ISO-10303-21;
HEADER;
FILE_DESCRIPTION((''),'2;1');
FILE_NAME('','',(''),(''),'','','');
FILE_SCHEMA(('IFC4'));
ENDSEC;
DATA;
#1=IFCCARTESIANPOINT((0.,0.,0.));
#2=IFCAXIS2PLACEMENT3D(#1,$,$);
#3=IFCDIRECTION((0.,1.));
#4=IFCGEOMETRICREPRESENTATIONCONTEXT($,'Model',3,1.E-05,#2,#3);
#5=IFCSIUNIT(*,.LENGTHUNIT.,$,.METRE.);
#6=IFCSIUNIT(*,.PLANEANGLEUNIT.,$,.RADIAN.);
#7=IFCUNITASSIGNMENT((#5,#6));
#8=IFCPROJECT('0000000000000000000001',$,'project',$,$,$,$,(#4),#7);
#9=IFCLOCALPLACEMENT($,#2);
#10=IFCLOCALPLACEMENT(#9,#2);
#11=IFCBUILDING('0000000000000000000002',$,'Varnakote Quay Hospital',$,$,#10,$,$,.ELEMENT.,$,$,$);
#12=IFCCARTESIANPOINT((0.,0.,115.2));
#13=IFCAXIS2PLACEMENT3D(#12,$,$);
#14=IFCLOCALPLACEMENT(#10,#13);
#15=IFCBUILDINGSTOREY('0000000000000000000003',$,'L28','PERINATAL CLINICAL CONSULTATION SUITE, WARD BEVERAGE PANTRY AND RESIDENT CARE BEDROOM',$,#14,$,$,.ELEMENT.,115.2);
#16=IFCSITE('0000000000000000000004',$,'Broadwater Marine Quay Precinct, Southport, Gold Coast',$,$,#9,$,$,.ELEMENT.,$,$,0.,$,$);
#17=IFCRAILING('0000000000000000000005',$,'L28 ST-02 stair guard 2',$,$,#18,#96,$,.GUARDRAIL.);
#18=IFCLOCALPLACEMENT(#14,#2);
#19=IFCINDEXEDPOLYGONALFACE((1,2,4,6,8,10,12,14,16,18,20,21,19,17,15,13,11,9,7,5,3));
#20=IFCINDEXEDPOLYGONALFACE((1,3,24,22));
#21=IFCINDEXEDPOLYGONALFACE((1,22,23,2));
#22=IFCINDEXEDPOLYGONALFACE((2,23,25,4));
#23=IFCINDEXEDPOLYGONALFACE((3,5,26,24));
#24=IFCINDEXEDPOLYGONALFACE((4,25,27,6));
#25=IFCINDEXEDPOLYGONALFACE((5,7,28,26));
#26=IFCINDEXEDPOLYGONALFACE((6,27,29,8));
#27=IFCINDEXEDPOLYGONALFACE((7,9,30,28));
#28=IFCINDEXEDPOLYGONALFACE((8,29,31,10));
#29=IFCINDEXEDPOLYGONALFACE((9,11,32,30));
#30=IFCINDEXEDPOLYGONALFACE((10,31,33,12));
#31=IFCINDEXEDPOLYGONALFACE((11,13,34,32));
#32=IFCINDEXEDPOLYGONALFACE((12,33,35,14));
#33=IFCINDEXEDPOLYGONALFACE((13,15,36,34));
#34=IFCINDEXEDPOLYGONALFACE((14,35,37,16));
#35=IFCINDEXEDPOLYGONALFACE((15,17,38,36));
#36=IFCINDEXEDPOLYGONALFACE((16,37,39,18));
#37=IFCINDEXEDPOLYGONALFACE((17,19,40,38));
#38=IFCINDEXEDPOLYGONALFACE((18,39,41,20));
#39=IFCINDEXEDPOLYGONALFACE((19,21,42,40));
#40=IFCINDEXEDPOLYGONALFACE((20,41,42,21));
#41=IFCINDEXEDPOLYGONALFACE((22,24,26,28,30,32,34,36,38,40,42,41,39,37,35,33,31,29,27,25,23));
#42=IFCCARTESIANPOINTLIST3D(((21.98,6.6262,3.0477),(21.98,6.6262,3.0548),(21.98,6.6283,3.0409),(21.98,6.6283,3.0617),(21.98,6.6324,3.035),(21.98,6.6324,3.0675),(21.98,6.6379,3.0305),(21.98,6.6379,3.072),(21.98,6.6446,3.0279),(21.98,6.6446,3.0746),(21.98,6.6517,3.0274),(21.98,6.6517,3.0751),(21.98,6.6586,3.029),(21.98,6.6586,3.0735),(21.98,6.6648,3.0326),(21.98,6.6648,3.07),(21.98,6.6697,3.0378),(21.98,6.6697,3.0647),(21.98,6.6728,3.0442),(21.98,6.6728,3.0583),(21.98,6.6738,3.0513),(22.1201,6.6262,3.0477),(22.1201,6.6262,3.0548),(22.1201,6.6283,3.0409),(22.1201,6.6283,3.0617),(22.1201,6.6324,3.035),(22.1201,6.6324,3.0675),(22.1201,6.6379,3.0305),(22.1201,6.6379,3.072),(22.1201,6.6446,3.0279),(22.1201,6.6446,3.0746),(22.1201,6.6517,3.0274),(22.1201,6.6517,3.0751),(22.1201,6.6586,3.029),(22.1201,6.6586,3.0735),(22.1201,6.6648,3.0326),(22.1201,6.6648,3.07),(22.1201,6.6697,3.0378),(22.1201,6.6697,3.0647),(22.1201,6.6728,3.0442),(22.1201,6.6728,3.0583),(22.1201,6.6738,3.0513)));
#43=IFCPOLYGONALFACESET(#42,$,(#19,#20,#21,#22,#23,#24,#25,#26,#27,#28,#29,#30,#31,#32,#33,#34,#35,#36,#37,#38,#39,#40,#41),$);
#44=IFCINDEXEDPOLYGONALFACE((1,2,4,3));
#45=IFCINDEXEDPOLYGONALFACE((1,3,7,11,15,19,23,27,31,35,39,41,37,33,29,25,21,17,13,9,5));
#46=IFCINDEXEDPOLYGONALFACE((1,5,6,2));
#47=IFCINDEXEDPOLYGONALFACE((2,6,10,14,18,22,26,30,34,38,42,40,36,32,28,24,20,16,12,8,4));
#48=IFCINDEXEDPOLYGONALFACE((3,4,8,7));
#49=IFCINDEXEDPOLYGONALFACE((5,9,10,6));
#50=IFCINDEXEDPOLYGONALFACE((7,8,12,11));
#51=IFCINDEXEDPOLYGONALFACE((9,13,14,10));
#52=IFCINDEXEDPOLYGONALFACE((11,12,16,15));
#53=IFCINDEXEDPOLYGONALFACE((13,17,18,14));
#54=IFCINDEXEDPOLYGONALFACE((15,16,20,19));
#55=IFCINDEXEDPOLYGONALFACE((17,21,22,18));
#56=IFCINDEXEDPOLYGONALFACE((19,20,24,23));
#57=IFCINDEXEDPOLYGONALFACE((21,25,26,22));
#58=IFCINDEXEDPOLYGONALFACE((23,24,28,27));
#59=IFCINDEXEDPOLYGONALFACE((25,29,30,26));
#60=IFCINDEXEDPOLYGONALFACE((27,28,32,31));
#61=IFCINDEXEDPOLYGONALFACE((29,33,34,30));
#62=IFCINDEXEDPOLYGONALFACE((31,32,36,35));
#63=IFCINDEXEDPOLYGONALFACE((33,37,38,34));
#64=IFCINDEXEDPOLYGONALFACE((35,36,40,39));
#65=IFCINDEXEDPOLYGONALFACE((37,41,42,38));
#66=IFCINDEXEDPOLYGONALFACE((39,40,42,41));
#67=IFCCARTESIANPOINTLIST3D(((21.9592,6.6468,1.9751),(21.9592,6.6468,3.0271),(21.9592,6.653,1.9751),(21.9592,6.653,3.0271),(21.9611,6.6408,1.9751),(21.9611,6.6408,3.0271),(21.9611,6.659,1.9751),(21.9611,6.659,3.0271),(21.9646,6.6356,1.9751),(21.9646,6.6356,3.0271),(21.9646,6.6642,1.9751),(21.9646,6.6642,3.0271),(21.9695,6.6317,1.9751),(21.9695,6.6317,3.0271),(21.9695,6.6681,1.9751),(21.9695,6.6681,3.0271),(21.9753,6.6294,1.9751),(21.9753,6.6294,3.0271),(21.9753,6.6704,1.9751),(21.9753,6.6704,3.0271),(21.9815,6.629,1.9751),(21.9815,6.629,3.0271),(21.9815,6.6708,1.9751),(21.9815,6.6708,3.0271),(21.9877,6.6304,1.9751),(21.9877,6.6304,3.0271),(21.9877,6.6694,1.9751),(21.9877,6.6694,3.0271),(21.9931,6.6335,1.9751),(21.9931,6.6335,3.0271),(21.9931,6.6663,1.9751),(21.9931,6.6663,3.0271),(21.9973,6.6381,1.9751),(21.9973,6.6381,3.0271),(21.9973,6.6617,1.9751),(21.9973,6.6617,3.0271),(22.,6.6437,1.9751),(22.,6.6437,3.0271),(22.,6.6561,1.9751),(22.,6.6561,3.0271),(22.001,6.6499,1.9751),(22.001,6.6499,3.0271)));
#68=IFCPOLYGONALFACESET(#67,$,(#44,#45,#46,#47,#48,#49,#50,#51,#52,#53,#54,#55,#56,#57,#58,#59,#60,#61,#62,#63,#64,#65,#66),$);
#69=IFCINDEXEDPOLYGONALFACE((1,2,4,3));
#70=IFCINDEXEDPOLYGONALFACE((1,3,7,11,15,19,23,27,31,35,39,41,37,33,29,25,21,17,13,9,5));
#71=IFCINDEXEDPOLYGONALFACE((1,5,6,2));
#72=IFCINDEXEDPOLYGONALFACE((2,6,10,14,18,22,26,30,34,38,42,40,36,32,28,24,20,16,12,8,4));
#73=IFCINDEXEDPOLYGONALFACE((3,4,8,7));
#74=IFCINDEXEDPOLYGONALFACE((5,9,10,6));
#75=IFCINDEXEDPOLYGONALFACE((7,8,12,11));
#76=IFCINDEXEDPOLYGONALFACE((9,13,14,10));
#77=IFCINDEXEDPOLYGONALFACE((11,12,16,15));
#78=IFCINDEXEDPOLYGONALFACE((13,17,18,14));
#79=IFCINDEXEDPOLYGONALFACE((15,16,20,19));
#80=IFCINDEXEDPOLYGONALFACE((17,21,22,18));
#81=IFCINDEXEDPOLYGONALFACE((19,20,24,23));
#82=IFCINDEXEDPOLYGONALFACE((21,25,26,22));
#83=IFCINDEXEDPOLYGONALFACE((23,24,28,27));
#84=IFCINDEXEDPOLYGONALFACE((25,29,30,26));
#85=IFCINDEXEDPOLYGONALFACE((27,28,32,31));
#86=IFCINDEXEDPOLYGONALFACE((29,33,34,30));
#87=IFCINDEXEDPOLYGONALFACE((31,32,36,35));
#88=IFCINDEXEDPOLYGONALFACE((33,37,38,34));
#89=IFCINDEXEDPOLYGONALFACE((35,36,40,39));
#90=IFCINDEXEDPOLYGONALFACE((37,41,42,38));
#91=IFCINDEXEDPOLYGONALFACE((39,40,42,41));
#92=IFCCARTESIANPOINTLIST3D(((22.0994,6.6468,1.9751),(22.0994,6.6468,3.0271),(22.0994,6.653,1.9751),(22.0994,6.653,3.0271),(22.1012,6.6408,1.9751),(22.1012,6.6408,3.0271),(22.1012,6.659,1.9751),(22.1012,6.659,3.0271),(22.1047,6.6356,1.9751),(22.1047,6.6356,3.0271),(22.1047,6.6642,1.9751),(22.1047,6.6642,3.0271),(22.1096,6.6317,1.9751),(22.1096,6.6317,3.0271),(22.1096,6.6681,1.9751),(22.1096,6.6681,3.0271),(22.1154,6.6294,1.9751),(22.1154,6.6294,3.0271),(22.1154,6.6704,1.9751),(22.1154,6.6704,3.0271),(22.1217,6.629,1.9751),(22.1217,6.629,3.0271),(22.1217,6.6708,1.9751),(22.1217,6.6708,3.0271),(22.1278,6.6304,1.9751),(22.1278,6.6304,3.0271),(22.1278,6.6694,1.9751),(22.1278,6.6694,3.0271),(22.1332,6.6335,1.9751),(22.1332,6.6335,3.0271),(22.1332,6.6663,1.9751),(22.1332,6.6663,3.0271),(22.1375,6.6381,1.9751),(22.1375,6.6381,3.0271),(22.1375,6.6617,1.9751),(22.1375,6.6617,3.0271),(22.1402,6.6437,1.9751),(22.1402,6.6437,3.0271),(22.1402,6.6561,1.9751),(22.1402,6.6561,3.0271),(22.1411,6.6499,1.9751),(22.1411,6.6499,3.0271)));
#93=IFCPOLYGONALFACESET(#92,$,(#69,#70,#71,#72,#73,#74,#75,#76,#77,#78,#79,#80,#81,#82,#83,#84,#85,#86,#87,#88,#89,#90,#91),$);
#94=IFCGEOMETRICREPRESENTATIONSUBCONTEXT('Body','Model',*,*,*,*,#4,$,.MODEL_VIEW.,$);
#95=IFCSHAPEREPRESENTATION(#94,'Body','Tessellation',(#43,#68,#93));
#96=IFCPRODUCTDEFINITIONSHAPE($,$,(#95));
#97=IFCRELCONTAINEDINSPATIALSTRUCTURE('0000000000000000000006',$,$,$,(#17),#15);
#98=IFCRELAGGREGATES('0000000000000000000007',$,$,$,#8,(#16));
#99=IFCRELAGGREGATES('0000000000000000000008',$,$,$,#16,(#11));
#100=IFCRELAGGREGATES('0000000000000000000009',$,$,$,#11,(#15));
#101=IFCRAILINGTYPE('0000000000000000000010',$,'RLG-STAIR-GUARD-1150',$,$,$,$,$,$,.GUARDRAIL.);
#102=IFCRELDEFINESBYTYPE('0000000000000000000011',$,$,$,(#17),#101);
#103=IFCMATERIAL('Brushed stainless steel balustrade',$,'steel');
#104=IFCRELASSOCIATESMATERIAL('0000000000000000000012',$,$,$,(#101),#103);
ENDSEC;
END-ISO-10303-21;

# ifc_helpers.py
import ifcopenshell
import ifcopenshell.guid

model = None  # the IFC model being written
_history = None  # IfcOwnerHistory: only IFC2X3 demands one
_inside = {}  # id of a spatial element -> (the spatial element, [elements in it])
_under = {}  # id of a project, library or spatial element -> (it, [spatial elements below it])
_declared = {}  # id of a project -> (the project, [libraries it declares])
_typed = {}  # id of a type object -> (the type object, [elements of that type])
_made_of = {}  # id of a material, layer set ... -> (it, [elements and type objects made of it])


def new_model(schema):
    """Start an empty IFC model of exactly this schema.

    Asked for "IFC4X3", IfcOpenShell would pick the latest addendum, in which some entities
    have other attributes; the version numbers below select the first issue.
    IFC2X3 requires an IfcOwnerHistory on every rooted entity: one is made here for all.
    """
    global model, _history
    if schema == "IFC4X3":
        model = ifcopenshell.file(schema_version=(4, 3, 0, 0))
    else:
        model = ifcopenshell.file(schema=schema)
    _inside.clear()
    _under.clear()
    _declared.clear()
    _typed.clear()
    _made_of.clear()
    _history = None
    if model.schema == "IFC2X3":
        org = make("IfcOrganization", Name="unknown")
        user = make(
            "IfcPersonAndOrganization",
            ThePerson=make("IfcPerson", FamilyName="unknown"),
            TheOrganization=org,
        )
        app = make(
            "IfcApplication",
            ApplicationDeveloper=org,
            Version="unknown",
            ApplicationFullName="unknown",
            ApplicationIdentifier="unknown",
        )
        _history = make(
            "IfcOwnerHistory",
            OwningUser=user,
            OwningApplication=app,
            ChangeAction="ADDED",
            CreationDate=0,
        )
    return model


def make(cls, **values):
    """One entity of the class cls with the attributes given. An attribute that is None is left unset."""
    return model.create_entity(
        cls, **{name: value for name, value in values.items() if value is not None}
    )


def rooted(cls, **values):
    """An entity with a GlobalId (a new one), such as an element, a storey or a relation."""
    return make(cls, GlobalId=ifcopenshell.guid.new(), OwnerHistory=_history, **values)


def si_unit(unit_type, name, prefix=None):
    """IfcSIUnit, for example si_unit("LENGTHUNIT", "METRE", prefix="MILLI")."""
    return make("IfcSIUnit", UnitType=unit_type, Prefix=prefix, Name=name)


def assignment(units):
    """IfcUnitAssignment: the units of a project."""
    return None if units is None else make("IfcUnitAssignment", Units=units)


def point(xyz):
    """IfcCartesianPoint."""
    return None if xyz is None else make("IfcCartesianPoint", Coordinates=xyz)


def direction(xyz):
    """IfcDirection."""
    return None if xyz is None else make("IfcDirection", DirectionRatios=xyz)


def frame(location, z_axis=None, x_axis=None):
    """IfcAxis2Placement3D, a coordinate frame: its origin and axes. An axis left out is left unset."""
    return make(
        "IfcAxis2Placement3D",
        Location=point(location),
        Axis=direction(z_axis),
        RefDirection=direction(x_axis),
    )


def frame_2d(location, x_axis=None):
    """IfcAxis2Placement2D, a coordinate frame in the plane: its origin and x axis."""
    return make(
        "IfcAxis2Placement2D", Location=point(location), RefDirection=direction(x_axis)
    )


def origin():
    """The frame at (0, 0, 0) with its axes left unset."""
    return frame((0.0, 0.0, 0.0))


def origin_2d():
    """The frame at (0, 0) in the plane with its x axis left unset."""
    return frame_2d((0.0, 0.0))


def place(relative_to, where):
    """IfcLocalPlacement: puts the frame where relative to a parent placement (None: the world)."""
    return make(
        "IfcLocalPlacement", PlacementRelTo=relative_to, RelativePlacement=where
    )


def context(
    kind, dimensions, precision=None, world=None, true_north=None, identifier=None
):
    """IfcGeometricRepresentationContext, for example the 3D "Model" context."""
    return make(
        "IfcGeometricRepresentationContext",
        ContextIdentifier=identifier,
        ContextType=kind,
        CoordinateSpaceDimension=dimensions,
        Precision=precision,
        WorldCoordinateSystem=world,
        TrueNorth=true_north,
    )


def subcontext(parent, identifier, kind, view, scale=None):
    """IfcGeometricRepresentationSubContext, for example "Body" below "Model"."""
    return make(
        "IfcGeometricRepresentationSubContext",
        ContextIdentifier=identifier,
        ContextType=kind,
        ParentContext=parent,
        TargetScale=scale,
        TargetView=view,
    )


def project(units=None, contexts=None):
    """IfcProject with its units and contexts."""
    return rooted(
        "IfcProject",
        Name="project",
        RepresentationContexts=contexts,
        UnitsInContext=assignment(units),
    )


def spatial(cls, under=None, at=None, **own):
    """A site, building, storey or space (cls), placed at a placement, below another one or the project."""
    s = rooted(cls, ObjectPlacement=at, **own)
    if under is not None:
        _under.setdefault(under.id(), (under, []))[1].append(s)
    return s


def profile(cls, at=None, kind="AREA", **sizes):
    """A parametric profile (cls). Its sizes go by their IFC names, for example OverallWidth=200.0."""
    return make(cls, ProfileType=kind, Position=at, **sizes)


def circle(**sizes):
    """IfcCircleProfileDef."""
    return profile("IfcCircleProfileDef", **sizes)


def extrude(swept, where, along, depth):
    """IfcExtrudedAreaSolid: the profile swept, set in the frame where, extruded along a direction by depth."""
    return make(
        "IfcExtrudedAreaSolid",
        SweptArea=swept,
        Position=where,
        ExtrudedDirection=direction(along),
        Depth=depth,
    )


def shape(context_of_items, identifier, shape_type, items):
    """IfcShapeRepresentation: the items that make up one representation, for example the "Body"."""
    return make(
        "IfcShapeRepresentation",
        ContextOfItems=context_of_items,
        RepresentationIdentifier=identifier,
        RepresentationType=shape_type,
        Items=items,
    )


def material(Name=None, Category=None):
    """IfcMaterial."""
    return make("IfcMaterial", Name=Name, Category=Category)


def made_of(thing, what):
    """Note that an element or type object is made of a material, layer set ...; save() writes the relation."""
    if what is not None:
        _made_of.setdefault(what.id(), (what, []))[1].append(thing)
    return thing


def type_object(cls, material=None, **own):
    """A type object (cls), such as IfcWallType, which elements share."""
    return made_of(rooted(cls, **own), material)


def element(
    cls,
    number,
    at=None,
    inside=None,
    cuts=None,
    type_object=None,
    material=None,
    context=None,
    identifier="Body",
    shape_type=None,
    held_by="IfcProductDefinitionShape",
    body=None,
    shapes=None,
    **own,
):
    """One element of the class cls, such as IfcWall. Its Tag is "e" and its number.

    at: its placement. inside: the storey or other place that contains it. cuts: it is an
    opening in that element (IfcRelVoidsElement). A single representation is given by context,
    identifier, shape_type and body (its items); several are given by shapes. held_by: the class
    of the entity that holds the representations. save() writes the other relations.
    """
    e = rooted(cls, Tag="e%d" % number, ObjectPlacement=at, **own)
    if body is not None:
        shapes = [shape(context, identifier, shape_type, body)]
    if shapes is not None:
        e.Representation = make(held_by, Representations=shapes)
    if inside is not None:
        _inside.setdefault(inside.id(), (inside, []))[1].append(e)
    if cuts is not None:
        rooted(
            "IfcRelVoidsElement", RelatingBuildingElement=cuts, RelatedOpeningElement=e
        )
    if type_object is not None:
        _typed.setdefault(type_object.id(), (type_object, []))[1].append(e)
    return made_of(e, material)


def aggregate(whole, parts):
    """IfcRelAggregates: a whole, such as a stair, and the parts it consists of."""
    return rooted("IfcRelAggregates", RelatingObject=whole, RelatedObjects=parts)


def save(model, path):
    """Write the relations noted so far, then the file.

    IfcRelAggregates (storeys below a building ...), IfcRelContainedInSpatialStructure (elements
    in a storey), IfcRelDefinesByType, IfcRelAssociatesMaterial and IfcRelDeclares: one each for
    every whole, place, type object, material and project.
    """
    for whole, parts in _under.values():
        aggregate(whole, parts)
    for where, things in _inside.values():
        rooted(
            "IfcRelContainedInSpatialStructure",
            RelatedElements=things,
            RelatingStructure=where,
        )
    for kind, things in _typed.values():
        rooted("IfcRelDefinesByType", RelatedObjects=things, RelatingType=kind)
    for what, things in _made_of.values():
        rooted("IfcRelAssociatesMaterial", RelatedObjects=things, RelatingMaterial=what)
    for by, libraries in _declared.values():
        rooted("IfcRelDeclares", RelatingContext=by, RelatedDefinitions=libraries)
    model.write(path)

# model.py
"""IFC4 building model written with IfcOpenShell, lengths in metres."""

from ifc_helpers import new_model, si_unit, direction, frame, origin, origin_2d, place, context, subcontext, project, spatial, circle, extrude, material, type_object, element, save


model = new_model("IFC4")

# Units and contexts
model_context = context("Model", 3, precision=1e-05, world=origin(), true_north=direction((0.0, 1.0)))
body_context = subcontext(model_context, "Body", "Model", "MODEL_VIEW")
ifc_project = project(units=[si_unit("LENGTHUNIT", "METRE"), si_unit("PLANEANGLEUNIT", "RADIAN")], contexts=[model_context])

# Site, building, storey
site_placement = place(None, origin())
site = spatial("IfcSite", under=ifc_project, at=site_placement, Name="Broadwater Marine Quay Precinct, Southport, Gold Coast", CompositionType="ELEMENT", RefElevation=0.0)
building_placement = place(site_placement, origin())
building = spatial("IfcBuilding", under=site, at=building_placement, Name="Varnakote Quay Hospital", CompositionType="ELEMENT")
storey_placement = place(building_placement, frame((0.0, 0.0, 115.2)))
storey = spatial("IfcBuildingStorey", under=building, at=storey_placement, Name="L28", Description="PERINATAL CLINICAL CONSULTATION SUITE, WARD BEVERAGE PANTRY AND RESIDENT CARE BEDROOM", CompositionType="ELEMENT", Elevation=115.2)

# Railing
ifc_material_1 = material(Name="Brushed stainless steel balustrade", Category="steel")
railing_type_1 = type_object("IfcRailingType", Name="RLG-STAIR-GUARD-1150", PredefinedType="GUARDRAIL", material=ifc_material_1)
railing_1_placement = place(storey_placement, frame((21.98, 6.6499, 1.9751)))
element("IfcRailing", 1, at=railing_1_placement, inside=storey, type_object=railing_type_1, Name="L28 ST-02 stair guard 2", PredefinedType="GUARDRAIL", context=body_context, shape_type="SweptSolid", body=[
    extrude(circle(Radius=0.0239, at=origin_2d()), frame((0.0, 0.0, 1.0762), z_axis=(1.0, 0.0, 0.0), x_axis=(0.0, 1.0, 0.0)), (0.0, 0.0, 1.0), 0.1401),
    extrude(circle(Radius=0.021, at=origin_2d()), origin(), (0.0, 0.0, 1.0), 1.052),
    extrude(circle(Radius=0.021, at=origin_2d()), frame((0.1401, 0.0, 0.0)), (0.0, 0.0, 1.0), 1.052),
])

save(model, "model.ifc")
